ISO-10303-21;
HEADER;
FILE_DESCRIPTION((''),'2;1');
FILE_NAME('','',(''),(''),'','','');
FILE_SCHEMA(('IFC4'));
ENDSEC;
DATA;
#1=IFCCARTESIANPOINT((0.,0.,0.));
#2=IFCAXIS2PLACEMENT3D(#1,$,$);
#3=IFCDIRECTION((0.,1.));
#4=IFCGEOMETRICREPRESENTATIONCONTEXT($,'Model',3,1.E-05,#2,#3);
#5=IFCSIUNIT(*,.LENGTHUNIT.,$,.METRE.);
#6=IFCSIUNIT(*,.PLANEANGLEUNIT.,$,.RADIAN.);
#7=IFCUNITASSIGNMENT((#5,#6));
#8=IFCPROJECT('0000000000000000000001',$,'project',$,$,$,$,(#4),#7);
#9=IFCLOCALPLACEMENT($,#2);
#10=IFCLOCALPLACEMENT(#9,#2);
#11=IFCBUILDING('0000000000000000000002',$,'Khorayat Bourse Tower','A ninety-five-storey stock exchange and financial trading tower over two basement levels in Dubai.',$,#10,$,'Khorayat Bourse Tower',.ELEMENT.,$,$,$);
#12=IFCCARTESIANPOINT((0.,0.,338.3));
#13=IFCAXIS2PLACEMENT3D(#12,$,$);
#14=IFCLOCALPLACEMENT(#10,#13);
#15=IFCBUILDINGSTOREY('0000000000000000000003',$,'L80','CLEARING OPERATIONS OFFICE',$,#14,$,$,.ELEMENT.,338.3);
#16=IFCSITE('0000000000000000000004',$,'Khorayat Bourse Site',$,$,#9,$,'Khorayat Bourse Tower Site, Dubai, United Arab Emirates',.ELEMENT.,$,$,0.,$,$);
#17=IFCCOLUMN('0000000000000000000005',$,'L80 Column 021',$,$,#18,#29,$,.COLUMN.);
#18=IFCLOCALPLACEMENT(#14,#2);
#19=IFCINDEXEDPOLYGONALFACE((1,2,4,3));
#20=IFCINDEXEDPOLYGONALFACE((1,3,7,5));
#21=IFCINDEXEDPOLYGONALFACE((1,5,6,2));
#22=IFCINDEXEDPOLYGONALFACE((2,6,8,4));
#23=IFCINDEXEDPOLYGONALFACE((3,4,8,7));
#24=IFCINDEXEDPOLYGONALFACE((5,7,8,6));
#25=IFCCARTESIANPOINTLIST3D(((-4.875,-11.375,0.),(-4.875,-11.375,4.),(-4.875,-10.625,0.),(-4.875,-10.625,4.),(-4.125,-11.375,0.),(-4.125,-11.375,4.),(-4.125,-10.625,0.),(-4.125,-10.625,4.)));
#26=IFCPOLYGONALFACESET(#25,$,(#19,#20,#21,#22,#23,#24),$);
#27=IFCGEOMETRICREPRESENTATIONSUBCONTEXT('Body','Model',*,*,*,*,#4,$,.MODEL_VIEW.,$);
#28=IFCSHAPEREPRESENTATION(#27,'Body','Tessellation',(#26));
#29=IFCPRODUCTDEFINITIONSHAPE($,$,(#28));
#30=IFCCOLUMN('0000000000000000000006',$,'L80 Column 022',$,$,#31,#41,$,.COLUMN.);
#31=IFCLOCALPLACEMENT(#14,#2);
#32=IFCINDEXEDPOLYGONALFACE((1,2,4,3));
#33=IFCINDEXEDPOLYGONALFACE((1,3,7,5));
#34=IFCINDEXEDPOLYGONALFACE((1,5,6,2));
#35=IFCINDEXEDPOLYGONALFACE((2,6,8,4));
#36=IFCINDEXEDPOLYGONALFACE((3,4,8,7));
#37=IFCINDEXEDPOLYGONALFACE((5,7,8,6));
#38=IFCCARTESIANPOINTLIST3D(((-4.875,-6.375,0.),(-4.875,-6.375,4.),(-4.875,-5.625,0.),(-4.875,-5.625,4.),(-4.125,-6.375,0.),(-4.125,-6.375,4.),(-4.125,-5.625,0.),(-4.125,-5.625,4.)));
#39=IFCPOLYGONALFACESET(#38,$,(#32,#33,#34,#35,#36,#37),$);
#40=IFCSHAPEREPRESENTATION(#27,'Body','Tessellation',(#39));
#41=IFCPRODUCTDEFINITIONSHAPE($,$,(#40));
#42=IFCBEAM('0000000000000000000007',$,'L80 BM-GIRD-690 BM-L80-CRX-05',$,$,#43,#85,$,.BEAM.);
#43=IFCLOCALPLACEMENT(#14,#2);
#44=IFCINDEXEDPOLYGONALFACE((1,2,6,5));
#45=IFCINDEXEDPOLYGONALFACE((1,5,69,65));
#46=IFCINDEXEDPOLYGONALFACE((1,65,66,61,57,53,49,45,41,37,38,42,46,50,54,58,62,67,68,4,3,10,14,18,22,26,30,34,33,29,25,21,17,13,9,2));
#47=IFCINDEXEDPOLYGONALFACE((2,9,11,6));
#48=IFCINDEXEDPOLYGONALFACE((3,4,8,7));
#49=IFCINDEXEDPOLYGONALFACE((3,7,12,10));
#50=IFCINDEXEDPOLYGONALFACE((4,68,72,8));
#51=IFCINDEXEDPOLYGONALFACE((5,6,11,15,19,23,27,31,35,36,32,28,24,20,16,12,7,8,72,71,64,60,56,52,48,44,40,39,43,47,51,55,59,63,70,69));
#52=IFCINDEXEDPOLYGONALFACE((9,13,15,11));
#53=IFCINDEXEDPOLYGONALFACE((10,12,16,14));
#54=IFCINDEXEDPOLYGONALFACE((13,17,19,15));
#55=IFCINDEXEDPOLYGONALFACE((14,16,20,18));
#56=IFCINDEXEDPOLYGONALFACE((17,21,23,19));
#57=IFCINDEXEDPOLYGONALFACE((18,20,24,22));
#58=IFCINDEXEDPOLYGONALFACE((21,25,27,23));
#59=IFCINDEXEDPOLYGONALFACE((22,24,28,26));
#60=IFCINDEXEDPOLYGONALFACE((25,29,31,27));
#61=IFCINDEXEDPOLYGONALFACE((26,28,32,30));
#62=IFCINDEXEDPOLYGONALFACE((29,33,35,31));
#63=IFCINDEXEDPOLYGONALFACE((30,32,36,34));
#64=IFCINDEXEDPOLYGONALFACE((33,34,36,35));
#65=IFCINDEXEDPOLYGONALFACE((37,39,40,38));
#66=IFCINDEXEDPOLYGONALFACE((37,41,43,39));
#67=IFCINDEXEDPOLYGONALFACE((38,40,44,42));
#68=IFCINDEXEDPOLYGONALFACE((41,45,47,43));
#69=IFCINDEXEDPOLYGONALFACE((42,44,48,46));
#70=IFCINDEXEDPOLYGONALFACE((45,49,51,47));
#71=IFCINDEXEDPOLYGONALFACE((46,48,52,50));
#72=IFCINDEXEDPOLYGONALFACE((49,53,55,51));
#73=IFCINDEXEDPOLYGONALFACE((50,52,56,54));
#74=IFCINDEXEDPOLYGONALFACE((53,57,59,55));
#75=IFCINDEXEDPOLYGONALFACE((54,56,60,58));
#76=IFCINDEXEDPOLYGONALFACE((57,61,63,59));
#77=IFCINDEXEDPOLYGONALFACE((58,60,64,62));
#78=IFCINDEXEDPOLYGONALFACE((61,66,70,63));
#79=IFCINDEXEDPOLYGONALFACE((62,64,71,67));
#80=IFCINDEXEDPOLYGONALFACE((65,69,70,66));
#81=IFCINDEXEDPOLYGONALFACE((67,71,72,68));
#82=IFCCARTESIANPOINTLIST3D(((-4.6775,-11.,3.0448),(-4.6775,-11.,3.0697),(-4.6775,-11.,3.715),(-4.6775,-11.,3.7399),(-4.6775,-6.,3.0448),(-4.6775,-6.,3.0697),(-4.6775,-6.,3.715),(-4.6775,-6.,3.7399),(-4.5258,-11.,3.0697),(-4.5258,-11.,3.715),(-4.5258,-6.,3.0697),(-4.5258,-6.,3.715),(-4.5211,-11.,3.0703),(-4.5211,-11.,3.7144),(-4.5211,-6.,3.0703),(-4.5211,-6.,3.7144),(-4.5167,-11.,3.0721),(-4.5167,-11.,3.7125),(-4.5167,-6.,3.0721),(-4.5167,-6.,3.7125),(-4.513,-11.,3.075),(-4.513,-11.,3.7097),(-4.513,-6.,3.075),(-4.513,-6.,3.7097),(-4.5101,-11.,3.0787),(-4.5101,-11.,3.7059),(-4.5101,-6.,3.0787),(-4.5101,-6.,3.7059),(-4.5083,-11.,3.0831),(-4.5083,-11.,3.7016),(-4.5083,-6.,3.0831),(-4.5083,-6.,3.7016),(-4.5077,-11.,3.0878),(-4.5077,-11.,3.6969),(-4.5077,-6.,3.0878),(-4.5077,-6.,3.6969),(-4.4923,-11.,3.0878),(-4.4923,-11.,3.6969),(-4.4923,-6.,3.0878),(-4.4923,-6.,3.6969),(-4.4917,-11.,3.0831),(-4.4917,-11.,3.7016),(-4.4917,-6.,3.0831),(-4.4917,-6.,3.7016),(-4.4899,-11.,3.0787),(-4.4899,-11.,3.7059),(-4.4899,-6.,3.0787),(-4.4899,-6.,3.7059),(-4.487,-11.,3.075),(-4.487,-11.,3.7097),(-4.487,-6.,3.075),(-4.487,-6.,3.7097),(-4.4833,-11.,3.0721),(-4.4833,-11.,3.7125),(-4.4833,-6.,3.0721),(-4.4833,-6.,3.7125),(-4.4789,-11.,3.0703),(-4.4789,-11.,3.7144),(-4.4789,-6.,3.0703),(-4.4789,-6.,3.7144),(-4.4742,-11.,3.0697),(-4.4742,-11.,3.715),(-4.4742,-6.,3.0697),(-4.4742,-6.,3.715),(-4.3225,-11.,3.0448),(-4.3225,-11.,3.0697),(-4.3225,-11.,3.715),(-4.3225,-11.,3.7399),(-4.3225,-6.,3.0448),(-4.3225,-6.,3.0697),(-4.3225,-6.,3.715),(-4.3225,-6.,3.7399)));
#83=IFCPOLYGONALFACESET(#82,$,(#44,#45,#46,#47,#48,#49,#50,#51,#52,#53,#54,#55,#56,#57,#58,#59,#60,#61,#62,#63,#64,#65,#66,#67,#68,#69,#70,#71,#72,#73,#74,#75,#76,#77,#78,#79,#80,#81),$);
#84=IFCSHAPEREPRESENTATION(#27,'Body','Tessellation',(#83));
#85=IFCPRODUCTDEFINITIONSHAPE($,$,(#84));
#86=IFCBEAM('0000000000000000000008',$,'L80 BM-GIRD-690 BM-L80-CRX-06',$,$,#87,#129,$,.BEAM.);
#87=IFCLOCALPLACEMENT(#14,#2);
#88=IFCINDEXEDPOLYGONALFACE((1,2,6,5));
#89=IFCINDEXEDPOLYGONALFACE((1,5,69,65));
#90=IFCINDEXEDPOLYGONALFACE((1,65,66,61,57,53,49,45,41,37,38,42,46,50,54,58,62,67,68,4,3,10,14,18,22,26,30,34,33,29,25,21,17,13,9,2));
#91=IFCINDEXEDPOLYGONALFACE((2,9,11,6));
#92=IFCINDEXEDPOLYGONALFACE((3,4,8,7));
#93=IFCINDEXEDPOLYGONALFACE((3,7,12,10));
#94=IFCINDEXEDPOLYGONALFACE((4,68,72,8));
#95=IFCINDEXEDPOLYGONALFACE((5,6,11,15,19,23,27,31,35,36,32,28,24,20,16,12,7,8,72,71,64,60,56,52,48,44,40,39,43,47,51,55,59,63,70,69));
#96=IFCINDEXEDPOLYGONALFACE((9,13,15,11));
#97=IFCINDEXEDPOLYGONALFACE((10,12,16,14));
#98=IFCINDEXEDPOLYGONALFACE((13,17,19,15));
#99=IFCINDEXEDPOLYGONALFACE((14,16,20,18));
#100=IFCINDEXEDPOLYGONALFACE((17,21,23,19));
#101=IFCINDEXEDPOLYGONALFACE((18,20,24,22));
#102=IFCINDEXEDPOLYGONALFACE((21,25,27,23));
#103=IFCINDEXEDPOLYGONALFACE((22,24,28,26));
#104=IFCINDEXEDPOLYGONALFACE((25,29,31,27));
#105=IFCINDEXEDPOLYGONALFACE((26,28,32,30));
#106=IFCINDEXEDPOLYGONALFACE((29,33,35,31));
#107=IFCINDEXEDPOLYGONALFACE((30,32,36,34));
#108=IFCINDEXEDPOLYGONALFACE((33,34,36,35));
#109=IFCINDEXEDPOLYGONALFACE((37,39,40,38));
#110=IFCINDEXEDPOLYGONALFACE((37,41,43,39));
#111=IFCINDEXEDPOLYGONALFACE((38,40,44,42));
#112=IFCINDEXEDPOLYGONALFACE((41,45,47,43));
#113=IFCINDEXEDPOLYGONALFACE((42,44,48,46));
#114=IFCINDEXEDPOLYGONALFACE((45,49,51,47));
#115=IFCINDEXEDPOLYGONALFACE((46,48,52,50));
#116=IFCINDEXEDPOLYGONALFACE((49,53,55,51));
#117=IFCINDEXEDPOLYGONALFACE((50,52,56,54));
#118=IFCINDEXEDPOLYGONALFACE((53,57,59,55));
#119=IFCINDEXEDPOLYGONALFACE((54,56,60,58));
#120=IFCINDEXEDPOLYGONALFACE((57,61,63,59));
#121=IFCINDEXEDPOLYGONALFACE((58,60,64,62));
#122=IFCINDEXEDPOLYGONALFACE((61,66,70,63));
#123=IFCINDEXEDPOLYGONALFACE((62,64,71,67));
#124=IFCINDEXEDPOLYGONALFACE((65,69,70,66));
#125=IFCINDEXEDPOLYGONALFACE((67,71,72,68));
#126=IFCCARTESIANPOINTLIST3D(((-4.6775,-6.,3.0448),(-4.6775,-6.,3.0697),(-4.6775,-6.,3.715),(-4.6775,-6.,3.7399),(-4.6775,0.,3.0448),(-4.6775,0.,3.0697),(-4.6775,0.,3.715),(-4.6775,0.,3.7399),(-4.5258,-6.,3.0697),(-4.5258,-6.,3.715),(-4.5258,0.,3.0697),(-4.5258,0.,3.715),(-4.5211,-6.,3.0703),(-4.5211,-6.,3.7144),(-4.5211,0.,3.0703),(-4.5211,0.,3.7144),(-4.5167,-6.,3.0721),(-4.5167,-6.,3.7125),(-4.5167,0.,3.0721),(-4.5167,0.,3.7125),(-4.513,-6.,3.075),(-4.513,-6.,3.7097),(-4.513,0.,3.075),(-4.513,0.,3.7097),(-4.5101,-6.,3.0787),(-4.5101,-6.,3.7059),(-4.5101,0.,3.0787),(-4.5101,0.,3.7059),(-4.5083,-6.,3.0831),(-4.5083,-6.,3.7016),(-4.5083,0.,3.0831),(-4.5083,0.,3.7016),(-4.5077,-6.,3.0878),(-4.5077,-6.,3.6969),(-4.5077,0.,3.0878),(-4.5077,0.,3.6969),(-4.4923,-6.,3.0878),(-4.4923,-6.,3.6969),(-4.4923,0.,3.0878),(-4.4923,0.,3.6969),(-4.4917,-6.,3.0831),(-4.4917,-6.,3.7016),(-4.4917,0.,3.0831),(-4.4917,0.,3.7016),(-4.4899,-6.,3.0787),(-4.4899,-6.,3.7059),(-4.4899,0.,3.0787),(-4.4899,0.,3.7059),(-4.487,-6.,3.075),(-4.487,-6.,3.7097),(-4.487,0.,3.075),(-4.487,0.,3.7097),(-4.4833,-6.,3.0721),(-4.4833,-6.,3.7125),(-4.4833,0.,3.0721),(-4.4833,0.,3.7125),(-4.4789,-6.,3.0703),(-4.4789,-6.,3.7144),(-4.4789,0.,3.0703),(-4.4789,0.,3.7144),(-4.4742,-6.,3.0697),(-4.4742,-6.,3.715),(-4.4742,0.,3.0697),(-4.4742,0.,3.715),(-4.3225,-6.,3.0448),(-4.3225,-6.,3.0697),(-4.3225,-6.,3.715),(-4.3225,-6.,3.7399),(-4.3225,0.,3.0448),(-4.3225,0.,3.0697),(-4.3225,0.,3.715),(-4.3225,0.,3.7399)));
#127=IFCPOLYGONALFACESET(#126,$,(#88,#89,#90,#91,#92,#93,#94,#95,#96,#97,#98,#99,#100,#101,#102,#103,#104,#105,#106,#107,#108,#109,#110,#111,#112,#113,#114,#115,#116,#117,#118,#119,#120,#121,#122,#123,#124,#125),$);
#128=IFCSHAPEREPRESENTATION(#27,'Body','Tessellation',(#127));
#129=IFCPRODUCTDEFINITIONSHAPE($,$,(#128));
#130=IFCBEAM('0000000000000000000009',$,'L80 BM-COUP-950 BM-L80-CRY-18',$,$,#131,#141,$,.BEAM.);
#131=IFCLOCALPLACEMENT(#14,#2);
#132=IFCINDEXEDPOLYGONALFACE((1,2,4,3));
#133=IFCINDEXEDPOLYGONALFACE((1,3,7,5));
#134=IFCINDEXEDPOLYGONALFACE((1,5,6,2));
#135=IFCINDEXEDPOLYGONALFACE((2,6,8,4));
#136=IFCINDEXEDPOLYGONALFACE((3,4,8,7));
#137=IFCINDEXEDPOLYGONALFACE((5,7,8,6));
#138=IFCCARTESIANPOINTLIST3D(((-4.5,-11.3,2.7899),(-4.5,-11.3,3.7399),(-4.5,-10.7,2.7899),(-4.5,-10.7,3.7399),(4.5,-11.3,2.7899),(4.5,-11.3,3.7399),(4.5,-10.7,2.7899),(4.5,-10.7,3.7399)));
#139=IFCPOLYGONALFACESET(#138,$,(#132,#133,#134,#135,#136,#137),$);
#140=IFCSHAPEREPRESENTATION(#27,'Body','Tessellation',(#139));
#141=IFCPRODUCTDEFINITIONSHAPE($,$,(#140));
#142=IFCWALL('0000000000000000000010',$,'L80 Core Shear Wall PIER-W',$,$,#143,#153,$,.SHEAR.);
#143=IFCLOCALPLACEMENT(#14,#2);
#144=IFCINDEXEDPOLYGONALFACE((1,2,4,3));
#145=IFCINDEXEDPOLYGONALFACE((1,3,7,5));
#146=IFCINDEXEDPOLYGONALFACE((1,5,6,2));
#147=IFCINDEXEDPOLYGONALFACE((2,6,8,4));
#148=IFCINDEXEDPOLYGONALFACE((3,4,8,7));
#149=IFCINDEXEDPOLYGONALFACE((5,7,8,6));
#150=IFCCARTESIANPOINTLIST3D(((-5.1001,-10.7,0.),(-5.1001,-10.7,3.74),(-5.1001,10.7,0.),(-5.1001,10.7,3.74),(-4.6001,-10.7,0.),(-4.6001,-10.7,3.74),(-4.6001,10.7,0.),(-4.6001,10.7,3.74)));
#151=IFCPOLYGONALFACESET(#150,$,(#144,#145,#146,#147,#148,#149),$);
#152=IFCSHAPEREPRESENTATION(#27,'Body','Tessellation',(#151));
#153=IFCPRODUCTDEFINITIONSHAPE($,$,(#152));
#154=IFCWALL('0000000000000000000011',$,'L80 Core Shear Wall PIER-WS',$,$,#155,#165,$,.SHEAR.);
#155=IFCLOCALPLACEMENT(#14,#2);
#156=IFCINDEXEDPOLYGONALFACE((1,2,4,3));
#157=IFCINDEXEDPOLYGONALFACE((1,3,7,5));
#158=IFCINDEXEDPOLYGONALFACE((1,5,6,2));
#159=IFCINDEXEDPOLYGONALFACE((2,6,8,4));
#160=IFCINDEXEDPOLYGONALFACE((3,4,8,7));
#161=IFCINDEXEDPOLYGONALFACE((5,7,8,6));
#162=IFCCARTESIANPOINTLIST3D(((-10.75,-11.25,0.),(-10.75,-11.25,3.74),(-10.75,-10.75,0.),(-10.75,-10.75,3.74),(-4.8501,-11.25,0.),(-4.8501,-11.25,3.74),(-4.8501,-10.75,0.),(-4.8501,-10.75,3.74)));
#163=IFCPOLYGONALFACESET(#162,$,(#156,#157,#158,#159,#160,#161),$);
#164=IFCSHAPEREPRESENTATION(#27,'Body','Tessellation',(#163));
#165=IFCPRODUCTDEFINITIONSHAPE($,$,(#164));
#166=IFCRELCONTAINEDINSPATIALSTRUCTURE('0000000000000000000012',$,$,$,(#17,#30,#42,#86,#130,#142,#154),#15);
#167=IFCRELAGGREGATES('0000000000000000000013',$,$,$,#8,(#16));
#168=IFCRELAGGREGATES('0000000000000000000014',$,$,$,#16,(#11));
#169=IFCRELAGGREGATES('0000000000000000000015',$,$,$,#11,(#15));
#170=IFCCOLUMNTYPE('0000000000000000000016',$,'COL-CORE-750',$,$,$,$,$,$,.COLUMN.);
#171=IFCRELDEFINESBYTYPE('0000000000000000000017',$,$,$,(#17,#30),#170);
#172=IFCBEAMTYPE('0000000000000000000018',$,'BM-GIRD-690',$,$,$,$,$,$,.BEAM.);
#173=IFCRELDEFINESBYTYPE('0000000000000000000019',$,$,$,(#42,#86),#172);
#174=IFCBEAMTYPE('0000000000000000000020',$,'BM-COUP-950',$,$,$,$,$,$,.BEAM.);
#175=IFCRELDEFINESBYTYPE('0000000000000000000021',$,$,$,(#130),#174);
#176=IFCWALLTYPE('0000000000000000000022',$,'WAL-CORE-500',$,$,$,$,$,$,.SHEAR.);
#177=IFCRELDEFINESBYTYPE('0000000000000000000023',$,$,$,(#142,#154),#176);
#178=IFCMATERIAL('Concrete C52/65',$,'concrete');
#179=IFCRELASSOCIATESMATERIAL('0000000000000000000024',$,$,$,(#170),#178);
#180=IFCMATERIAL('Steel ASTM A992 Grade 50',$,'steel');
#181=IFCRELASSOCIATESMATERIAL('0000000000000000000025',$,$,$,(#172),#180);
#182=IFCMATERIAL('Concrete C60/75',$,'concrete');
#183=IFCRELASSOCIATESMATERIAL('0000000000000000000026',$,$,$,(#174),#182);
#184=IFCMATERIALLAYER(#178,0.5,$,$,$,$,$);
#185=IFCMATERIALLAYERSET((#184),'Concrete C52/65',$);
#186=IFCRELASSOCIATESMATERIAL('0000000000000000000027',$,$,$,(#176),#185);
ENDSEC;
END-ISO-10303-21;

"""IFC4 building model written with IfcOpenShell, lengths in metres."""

from ifc_helpers import new_model, si_unit, direction, frame, frame_2d, origin, origin_2d, place, context, subcontext, project, spatial, rectangle, i_section, extrude, source, transform, mapped, material, layer, layer_set, material_profile, profile_set, type_object, element, save


model = new_model("IFC4")

# Units and contexts
model_context = context("Model", 3, precision=1e-05, world=origin(), true_north=direction((0.0, 1.0)))
body_context = subcontext(model_context, "Body", "Model", "MODEL_VIEW")
ifc_project = project(units=[si_unit("LENGTHUNIT", "METRE"), si_unit("PLANEANGLEUNIT", "RADIAN")], contexts=[model_context])

# Site, building, storey
site_placement = place(None, origin())
site = spatial("IfcSite", under=ifc_project, at=site_placement, Name="Khorayat Bourse Site", LongName="Khorayat Bourse Tower Site, Dubai, United Arab Emirates", CompositionType="ELEMENT", RefElevation=0.0)
building_placement = place(site_placement, origin())
building = spatial("IfcBuilding", under=site, at=building_placement, Name="Khorayat Bourse Tower", Description="A ninety-five-storey stock exchange and financial trading tower over two basement levels in Dubai.", LongName="Khorayat Bourse Tower", CompositionType="ELEMENT")
storey_placement = place(building_placement, frame((0.0, 0.0, 338.3)))
storey = spatial("IfcBuildingStorey", under=building, at=storey_placement, Name="L80", Description="CLEARING OPERATIONS OFFICE", CompositionType="ELEMENT", Elevation=338.3)

# Columns
ifc_material_1 = material(Name="Concrete C52/65", Category="concrete")
ifc_material_profile_1 = material_profile(ifc_material_1, rectangle(XDim=0.75, YDim=0.75, at=origin_2d()), Name="RC 750x750")
ifc_profile_set_1 = profile_set([ifc_material_profile_1], Name="Concrete C52/65")
column_type = type_object("IfcColumnType", Name="COL-CORE-750", PredefinedType="COLUMN", material=ifc_profile_set_1)
shared_shape_1 = source(origin(), body_context, "Body", "SweptSolid", [
    extrude(rectangle(XDim=0.75, YDim=0.75, at=origin_2d()), origin(), (0.0, 0.0, 1.0), 4.0),
])
for number, where, z_axis, x_axis, name in (
    (1, (-4.5, -11.0, 0.0), (0.0, 0.0, 1.0), (1.0, 0.0, 0.0), "L80 Column 021"),
    (2, (-4.5, -6.0, 0.0), (0.0, 0.0, 1.0), (1.0, 0.0, 0.0), "L80 Column 022"),
):
    element("IfcColumn", number, at=place(storey_placement, frame(where, z_axis=z_axis, x_axis=x_axis)), inside=storey, type_object=column_type, Name=name, PredefinedType="COLUMN", context=body_context, shape_type="MappedRepresentation", body=[
        mapped(shared_shape_1, transform((0.0, 0.0, 0.0), scale=1.0)),
    ])

# Beams
ifc_material_2 = material(Name="Steel ASTM A992 Grade 50", Category="steel")
ifc_material_profile_2 = material_profile(ifc_material_2, i_section(OverallWidth=0.355, OverallDepth=0.6951, WebThickness=0.0154, FlangeThickness=0.0249, FilletRadius=0.0181, at=origin_2d()), Name="W690X217")
ifc_profile_set_2 = profile_set([ifc_material_profile_2], Name="Steel ASTM A992 Grade 50")
beam_type_1 = type_object("IfcBeamType", Name="BM-GIRD-690", PredefinedType="BEAM", material=ifc_profile_set_2)
shared_shape_2 = source(origin(), body_context, "Body", "SweptSolid", [
    extrude(i_section(OverallWidth=0.355, OverallDepth=0.6951, WebThickness=0.0154, FlangeThickness=0.0249, FilletRadius=0.0181, at=origin_2d()), origin(), (0.0, 0.0, 1.0), 5.0),
])
beam_1_placement = place(storey_placement, frame((-4.5, -11.0, 3.3923), z_axis=(0.0, 1.0, 0.0), x_axis=(-1.0, 0.0, 0.0)))
element("IfcBeam", 3, at=beam_1_placement, inside=storey, type_object=beam_type_1, Name="L80 BM-GIRD-690 BM-L80-CRX-05", PredefinedType="BEAM", context=body_context, shape_type="MappedRepresentation", body=[
    mapped(shared_shape_2, transform((0.0, 0.0, 0.0), scale=1.0)),
])
shared_shape_3 = source(origin(), body_context, "Body", "SweptSolid", [
    extrude(i_section(OverallWidth=0.355, OverallDepth=0.6951, WebThickness=0.0154, FlangeThickness=0.0249, FilletRadius=0.0181, at=origin_2d()), origin(), (0.0, 0.0, 1.0), 6.0),
])
beam_2_placement = place(storey_placement, frame((-4.5, -6.0, 3.3923), z_axis=(0.0, 1.0, 0.0), x_axis=(-1.0, 0.0, 0.0)))
element("IfcBeam", 4, at=beam_2_placement, inside=storey, type_object=beam_type_1, Name="L80 BM-GIRD-690 BM-L80-CRX-06", PredefinedType="BEAM", context=body_context, shape_type="MappedRepresentation", body=[
    mapped(shared_shape_3, transform((0.0, 0.0, 0.0), scale=1.0)),
])
ifc_material_3 = material(Name="Concrete C60/75", Category="concrete")
ifc_material_profile_3 = material_profile(ifc_material_3, rectangle(XDim=0.6001, YDim=0.95, at=origin_2d()), Name="RC 600x950")
ifc_profile_set_3 = profile_set([ifc_material_profile_3], Name="Concrete C60/75")
beam_type_2 = type_object("IfcBeamType", Name="BM-COUP-950", PredefinedType="BEAM", material=ifc_profile_set_3)
shared_shape_4 = source(origin(), body_context, "Body", "SweptSolid", [
    extrude(rectangle(XDim=0.6001, YDim=0.95, at=origin_2d()), origin(), (0.0, 0.0, 1.0), 9.0),
])
beam_3_placement = place(storey_placement, frame((-4.5, -11.0, 3.2649), z_axis=(1.0, 0.0, 0.0), x_axis=(0.0, 1.0, 0.0)))
element("IfcBeam", 5, at=beam_3_placement, inside=storey, type_object=beam_type_2, Name="L80 BM-COUP-950 BM-L80-CRY-18", PredefinedType="BEAM", context=body_context, shape_type="MappedRepresentation", body=[
    mapped(shared_shape_4, transform((0.0, 0.0, 0.0), scale=1.0)),
])

# Walls
ifc_layer_1 = layer(ifc_material_1, 0.5)
ifc_layer_set_1 = layer_set([ifc_layer_1], Name="Concrete C52/65")
wall_type_1 = type_object("IfcWallType", Name="WAL-CORE-500", PredefinedType="SHEAR", material=ifc_layer_set_1)
shared_shape_5 = source(origin(), body_context, "Body", "SweptSolid", [
    extrude(rectangle(XDim=21.3999, YDim=0.5, at=frame_2d((10.7, 0.0))), origin(), (0.0, 0.0, 1.0), 3.74),
])
wall_1_placement = place(storey_placement, frame((-4.8501, -10.7, 0.0), z_axis=(0.0, 0.0, 1.0), x_axis=(0.0, 1.0, 0.0)))
element("IfcWall", 6, at=wall_1_placement, inside=storey, type_object=wall_type_1, Name="L80 Core Shear Wall PIER-W", PredefinedType="SHEAR", context=body_context, shape_type="MappedRepresentation", body=[
    mapped(shared_shape_5, transform((0.0, 0.0, 0.0), scale=1.0)),
])
shared_shape_6 = source(origin(), body_context, "Body", "SweptSolid", [
    extrude(rectangle(XDim=5.8999, YDim=0.5, at=frame_2d((2.95, 0.0))), origin(), (0.0, 0.0, 1.0), 3.74),
])
wall_2_placement = place(storey_placement, frame((-10.75, -11.0, 0.0), z_axis=(0.0, 0.0, 1.0), x_axis=(1.0, 0.0, 0.0)))
element("IfcWall", 7, at=wall_2_placement, inside=storey, type_object=wall_type_1, Name="L80 Core Shear Wall PIER-WS", PredefinedType="SHEAR", context=body_context, shape_type="MappedRepresentation", body=[
    mapped(shared_shape_6, transform((0.0, 0.0, 0.0), scale=1.0)),
])

save(model, "model.ifc")
